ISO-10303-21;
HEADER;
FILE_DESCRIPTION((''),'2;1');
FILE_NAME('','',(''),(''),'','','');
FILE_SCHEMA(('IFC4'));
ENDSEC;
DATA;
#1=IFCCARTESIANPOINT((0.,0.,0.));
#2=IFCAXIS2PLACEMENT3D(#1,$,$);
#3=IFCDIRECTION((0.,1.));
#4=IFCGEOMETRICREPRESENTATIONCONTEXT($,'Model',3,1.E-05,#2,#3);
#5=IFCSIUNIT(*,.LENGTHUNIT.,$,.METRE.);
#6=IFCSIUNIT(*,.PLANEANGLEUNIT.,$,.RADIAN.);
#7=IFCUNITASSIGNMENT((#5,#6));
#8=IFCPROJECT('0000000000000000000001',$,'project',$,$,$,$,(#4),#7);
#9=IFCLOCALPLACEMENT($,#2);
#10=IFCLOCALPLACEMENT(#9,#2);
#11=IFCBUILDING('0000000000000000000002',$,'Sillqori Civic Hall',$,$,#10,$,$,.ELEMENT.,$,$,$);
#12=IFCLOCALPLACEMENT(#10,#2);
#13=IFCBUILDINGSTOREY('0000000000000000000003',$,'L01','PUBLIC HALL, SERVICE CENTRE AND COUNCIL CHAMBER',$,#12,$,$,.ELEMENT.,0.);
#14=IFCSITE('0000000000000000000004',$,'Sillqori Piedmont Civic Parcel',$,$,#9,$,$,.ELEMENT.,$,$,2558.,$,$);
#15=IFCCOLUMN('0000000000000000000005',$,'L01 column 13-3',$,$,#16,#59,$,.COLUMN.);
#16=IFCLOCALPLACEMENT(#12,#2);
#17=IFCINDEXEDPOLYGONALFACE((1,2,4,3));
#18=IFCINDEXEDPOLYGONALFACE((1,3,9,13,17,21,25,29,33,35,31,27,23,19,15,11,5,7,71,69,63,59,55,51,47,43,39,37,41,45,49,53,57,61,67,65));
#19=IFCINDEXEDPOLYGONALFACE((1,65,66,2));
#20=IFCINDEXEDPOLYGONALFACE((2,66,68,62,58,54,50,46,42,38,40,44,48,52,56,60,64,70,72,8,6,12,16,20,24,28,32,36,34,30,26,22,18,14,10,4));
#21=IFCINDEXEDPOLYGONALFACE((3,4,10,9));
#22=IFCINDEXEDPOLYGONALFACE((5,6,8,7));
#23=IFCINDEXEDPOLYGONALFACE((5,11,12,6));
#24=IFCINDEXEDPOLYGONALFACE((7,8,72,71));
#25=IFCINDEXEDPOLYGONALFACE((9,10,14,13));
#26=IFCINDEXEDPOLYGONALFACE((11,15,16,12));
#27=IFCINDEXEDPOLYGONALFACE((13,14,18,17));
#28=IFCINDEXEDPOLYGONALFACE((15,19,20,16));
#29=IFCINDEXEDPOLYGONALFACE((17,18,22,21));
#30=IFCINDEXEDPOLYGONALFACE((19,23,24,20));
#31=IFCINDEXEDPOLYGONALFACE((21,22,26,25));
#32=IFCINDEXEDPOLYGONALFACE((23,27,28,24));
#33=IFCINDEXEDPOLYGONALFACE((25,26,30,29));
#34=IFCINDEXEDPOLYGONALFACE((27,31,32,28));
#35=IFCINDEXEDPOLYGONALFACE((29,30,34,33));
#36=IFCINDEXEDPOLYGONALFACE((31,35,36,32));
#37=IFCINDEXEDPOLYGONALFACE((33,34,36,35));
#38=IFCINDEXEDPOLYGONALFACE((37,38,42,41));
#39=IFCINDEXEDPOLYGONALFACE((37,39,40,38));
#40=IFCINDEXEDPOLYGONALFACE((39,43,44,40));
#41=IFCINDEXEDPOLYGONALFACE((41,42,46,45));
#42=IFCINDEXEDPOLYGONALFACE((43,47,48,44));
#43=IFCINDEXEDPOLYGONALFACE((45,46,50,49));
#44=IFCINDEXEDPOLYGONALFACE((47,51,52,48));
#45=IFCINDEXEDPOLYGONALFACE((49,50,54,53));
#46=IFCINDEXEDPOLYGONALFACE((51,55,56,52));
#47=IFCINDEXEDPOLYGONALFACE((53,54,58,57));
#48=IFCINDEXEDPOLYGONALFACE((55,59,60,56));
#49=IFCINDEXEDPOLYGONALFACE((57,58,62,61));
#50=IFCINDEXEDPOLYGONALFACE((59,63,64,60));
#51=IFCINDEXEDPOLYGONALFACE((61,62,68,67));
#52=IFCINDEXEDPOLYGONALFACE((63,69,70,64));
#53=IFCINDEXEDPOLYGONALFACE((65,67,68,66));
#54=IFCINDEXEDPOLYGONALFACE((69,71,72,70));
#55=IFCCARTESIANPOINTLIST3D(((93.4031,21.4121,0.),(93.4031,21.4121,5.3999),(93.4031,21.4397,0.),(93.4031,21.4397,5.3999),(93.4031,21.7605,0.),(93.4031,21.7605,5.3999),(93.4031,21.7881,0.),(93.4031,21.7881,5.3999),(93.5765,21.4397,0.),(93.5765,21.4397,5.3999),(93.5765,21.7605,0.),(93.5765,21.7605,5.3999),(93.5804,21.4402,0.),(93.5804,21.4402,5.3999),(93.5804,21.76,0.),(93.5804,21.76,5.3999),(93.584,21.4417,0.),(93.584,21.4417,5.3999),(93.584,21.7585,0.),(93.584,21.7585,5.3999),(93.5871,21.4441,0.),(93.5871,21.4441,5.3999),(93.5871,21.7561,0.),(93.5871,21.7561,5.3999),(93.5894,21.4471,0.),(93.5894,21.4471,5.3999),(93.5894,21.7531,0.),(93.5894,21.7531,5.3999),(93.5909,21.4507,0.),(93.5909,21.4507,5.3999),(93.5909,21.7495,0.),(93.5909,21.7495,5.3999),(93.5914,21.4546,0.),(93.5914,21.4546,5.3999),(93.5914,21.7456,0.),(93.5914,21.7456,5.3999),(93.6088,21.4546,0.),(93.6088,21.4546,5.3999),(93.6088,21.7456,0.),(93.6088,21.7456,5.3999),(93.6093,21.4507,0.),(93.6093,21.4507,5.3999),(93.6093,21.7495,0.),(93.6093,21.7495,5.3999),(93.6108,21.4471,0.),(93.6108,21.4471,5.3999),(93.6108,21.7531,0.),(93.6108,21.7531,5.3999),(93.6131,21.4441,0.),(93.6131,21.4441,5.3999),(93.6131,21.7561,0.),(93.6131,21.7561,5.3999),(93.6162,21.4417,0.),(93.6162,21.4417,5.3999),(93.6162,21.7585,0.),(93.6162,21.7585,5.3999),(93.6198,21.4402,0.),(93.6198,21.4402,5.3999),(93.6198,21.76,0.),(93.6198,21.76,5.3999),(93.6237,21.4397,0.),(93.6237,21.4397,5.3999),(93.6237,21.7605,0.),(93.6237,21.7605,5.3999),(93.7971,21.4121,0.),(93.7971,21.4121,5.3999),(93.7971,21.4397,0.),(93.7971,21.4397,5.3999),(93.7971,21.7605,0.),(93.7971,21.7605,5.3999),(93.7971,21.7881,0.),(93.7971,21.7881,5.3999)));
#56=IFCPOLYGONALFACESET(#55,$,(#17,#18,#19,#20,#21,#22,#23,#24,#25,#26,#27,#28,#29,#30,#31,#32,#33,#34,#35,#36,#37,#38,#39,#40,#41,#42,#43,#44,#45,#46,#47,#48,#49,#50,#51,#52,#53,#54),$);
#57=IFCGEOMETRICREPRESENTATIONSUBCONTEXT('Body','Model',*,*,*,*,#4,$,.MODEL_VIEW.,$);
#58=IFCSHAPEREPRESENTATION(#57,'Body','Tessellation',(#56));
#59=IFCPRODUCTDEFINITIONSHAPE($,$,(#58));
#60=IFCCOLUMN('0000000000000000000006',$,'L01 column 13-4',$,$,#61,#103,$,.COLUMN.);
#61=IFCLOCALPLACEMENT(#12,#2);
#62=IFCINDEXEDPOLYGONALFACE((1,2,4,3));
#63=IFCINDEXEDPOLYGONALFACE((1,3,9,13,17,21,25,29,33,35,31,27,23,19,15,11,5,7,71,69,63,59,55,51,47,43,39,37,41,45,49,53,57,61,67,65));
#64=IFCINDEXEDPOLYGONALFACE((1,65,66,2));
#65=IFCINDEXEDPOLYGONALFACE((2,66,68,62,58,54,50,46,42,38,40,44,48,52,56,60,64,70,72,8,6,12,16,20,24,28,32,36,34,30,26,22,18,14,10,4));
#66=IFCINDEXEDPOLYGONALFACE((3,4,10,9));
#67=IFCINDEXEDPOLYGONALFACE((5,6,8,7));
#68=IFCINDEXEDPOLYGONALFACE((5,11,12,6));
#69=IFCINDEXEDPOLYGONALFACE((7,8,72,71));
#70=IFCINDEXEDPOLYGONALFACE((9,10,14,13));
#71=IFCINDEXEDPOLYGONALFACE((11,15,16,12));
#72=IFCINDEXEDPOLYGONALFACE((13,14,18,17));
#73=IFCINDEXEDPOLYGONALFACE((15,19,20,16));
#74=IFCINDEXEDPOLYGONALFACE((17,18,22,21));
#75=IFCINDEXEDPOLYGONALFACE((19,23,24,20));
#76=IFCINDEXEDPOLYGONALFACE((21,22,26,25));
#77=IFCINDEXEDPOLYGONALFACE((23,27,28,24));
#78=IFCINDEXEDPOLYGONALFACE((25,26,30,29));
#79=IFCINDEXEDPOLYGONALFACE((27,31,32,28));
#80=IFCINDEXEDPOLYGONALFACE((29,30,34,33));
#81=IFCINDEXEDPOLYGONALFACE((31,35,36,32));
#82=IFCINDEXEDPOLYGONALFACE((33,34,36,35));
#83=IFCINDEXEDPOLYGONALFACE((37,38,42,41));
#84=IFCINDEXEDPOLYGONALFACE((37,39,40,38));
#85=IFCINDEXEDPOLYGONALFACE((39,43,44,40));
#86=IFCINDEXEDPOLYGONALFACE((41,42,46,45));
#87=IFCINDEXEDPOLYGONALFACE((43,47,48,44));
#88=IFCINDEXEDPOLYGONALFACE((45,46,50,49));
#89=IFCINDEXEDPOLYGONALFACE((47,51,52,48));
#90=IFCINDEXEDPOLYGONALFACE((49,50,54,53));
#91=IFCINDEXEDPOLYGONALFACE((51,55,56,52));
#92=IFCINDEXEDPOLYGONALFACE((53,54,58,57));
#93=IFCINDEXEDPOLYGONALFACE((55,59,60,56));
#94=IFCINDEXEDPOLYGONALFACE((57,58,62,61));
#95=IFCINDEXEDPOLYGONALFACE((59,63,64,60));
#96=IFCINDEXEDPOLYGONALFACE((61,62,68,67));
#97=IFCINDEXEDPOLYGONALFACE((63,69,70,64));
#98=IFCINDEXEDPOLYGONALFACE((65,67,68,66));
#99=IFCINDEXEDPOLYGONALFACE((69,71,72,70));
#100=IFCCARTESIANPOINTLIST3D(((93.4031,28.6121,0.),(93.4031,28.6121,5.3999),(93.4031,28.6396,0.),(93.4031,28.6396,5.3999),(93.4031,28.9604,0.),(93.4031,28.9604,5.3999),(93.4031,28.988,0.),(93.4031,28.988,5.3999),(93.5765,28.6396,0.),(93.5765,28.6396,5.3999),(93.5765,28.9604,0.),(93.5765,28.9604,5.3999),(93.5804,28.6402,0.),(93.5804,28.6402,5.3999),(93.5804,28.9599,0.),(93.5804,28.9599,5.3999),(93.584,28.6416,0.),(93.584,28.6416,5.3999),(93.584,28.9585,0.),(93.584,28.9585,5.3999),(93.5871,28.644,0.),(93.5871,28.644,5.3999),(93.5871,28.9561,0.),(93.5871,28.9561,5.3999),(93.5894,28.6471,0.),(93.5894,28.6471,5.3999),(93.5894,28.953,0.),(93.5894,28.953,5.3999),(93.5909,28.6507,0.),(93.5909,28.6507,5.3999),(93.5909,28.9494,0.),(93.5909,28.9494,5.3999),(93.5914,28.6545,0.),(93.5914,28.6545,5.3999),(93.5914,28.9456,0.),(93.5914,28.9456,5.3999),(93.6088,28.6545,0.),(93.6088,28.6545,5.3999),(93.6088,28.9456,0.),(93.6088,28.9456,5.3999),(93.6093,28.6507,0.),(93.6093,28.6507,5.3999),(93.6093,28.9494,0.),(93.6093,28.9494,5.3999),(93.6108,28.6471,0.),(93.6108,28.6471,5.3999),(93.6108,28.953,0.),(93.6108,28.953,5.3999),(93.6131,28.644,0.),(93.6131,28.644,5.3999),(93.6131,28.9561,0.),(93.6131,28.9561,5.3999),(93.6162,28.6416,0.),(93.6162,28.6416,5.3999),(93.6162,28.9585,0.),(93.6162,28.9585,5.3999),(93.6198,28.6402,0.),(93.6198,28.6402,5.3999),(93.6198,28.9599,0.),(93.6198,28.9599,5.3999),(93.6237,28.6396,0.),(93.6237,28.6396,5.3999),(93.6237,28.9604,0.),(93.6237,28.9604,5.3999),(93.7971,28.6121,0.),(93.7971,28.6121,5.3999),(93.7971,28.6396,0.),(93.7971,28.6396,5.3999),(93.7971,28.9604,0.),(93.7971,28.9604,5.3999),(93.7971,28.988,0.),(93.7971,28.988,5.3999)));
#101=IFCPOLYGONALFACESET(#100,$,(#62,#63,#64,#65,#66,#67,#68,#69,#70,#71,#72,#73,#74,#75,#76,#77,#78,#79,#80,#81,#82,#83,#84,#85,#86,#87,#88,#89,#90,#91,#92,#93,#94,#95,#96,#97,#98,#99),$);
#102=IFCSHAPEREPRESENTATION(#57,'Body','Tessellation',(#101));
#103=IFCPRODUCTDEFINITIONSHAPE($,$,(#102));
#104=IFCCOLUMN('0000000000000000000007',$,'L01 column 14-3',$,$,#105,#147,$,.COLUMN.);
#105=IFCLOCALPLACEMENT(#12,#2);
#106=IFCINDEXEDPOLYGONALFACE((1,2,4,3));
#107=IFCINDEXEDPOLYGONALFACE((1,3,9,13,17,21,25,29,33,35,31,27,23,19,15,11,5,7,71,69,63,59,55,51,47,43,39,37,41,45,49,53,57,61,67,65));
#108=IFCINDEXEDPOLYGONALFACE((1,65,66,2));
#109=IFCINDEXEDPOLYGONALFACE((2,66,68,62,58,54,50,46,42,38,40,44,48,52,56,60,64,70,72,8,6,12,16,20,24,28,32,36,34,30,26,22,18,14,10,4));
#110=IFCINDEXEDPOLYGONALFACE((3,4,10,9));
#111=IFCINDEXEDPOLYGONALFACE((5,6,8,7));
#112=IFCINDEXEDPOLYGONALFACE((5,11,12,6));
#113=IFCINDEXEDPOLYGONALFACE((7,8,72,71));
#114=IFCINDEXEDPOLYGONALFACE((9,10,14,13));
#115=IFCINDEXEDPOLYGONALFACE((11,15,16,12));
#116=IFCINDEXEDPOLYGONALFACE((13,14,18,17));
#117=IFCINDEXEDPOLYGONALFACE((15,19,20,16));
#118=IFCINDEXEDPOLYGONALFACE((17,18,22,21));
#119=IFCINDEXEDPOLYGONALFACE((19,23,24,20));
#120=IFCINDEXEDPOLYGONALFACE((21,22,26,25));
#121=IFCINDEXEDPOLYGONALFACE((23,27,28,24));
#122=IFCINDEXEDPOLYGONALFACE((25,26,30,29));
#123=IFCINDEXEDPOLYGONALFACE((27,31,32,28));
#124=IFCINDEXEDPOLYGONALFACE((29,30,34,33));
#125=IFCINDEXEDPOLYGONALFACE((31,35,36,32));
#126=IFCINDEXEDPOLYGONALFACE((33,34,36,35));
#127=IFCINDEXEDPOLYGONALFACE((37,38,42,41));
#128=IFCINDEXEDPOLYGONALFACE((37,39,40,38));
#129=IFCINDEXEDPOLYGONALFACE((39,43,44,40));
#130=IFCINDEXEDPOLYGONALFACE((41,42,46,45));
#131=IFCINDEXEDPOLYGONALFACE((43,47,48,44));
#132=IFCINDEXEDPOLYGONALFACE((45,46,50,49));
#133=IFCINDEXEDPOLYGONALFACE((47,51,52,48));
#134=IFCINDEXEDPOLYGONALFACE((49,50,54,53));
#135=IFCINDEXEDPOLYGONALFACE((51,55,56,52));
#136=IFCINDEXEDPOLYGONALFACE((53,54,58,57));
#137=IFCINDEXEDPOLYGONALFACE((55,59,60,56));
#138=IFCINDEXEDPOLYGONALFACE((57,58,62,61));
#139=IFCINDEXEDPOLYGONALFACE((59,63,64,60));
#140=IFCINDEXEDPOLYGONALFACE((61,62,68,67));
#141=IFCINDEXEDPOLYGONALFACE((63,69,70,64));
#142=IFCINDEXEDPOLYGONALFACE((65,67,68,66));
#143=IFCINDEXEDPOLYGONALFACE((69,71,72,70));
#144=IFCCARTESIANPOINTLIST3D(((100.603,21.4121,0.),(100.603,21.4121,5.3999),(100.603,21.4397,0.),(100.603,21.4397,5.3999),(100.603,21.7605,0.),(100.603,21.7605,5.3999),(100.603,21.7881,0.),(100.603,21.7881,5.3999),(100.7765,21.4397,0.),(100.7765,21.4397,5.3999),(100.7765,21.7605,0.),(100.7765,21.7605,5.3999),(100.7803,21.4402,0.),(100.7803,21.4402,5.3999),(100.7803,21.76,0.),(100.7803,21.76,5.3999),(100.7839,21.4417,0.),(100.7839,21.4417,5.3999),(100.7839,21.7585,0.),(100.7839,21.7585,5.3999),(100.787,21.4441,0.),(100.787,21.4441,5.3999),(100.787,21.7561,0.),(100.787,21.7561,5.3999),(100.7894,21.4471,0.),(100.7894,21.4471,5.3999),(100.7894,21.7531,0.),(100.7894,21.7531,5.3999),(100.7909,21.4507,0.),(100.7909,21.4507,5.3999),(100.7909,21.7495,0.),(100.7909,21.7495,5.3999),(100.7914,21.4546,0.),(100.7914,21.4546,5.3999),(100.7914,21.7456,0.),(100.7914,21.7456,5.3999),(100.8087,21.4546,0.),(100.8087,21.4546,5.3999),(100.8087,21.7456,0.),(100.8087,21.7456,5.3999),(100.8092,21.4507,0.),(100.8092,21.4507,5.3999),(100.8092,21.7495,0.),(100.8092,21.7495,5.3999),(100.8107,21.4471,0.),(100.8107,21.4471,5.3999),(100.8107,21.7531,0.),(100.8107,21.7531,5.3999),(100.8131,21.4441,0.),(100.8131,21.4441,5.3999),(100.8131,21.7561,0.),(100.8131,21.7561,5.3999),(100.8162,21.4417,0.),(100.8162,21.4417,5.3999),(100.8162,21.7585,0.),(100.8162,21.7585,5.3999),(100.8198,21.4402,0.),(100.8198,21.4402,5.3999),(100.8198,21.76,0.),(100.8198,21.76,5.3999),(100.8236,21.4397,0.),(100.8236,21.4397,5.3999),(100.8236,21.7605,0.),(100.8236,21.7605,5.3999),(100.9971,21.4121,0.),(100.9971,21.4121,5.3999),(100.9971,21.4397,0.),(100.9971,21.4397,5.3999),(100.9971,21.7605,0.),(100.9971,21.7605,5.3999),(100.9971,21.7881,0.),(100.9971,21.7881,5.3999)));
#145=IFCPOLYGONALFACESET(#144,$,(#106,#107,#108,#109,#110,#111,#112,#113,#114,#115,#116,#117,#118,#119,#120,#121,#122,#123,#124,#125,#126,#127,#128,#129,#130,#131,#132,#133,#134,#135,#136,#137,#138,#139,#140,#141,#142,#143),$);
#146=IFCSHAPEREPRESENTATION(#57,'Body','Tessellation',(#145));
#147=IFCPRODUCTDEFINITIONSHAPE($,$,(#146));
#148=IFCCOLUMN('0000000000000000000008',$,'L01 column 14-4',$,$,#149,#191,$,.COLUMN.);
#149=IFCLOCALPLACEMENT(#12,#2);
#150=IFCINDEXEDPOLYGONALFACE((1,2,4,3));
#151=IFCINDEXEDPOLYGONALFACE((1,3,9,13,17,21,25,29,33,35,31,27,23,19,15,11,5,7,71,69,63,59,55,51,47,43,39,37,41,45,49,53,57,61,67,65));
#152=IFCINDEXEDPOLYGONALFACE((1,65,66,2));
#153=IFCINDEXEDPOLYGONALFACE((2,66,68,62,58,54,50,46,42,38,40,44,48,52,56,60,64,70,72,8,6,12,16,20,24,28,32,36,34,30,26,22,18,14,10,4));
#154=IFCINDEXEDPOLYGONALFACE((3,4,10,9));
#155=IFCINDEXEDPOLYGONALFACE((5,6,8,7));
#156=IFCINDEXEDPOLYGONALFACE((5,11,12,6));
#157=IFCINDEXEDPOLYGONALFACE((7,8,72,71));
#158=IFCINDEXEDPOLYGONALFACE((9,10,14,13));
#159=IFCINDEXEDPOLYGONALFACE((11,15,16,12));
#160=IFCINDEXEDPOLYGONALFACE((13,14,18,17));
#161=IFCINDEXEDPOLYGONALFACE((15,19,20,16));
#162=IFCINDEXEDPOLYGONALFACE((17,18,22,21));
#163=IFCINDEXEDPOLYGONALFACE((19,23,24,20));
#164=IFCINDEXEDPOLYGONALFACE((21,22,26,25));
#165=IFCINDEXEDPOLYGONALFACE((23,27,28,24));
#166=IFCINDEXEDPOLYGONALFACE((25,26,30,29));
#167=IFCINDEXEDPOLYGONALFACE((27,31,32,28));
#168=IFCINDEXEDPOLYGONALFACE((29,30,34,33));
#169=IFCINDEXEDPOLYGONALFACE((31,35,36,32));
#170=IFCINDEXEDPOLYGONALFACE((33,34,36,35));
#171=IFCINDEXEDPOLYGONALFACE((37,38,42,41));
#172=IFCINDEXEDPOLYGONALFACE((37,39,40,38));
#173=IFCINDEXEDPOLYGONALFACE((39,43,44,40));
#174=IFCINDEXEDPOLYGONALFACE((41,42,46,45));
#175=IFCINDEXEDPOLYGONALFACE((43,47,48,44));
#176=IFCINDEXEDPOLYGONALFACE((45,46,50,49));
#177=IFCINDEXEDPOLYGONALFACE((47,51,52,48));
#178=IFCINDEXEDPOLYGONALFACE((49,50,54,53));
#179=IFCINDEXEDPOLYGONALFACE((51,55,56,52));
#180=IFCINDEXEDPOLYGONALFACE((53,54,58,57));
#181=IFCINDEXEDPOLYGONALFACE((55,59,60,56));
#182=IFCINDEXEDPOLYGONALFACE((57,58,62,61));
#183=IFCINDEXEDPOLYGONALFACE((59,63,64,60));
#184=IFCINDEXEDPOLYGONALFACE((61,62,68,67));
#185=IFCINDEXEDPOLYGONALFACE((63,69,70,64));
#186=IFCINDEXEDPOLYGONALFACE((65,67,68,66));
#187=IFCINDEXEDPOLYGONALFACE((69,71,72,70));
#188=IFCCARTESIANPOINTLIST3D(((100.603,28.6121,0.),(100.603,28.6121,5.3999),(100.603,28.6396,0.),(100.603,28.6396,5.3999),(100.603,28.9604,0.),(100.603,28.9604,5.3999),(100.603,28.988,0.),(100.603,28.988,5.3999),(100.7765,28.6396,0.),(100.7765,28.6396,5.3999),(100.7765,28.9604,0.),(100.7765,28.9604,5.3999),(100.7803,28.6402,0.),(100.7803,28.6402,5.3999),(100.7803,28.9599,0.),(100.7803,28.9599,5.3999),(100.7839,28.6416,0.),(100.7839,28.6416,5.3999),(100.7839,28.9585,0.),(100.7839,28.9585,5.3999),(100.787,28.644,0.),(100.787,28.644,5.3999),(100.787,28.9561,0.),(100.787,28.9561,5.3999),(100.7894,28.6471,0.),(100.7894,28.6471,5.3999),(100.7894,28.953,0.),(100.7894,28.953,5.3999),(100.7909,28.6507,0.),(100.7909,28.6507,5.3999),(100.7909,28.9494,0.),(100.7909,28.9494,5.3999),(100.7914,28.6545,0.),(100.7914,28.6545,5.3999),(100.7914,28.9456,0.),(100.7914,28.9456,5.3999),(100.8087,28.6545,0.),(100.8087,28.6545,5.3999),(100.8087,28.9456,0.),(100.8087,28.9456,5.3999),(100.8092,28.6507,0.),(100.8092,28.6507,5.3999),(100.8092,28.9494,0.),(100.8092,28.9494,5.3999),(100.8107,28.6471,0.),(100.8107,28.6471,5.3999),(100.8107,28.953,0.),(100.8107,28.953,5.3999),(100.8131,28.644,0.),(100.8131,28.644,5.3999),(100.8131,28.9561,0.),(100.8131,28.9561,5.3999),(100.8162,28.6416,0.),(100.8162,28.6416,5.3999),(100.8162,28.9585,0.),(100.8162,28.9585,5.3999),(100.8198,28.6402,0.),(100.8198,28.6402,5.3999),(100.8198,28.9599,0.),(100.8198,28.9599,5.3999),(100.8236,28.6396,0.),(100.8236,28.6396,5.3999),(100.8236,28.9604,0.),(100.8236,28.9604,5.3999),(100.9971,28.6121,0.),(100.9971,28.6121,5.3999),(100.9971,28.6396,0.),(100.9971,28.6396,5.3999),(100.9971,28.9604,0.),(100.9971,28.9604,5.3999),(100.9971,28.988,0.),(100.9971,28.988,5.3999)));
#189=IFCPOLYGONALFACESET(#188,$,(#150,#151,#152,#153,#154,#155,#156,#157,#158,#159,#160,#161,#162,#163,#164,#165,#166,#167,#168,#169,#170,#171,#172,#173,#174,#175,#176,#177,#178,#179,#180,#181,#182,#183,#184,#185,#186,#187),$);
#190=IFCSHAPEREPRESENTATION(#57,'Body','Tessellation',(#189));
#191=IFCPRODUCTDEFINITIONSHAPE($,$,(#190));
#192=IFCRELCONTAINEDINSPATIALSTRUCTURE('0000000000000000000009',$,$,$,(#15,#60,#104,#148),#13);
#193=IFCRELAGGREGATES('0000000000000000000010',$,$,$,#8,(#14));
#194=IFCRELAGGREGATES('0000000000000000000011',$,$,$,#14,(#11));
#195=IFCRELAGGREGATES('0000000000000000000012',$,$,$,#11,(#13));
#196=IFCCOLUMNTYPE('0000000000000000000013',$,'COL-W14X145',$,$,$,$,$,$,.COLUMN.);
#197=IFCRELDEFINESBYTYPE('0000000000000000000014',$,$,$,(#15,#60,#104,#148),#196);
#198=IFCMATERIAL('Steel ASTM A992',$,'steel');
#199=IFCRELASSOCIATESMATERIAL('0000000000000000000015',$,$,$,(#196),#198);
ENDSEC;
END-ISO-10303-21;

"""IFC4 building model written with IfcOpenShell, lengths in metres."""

from ifc_helpers import new_model, si_unit, direction, frame, origin, origin_2d, place, context, subcontext, project, spatial, i_section, extrude, material, material_profile, profile_set, type_object, element, save


model = new_model("IFC4")

# Units and contexts
model_context = context("Model", 3, precision=1e-05, world=origin(), true_north=direction((0.0, 1.0)))
body_context = subcontext(model_context, "Body", "Model", "MODEL_VIEW")
ifc_project = project(units=[si_unit("LENGTHUNIT", "METRE"), si_unit("PLANEANGLEUNIT", "RADIAN")], contexts=[model_context])

# Site, building, storey
site_placement = place(None, origin())
site = spatial("IfcSite", under=ifc_project, at=site_placement, Name="Sillqori Piedmont Civic Parcel", CompositionType="ELEMENT", RefElevation=2558.0)
building_placement = place(site_placement, origin())
building = spatial("IfcBuilding", under=site, at=building_placement, Name="Sillqori Civic Hall", CompositionType="ELEMENT")
storey_placement = place(building_placement, origin())
storey = spatial("IfcBuildingStorey", under=building, at=storey_placement, Name="L01", Description="PUBLIC HALL, SERVICE CENTRE AND COUNCIL CHAMBER", CompositionType="ELEMENT", Elevation=0.0)

# Columns
ifc_material_1 = material(Name="Steel ASTM A992", Category="steel")
ifc_material_profile_1 = material_profile(ifc_material_1, i_section(OverallWidth=0.394, OverallDepth=0.376, WebThickness=0.0173, FlangeThickness=0.0276, FilletRadius=0.0149, at=origin_2d()), Name="W14X145")
ifc_profile_set_1 = profile_set([ifc_material_profile_1], Name="Steel ASTM A992")
column_type = type_object("IfcColumnType", Name="COL-W14X145", PredefinedType="COLUMN", material=ifc_profile_set_1)
for number, where, z_axis, x_axis, name in (
    (1, (93.6001, 21.6001, 0.0), (0.0, 0.0, 1.0), (1.0, 0.0, 0.0), "L01 column 13-3"),
    (2, (93.6001, 28.8, 0.0), (0.0, 0.0, 1.0), (1.0, 0.0, 0.0), "L01 column 13-4"),
    (3, (100.8, 21.6001, 0.0), (0.0, 0.0, 1.0), (1.0, 0.0, 0.0), "L01 column 14-3"),
    (4, (100.8, 28.8, 0.0), (0.0, 0.0, 1.0), (1.0, 0.0, 0.0), "L01 column 14-4"),
):
    element("IfcColumn", number, at=place(storey_placement, frame(where, z_axis=z_axis, x_axis=x_axis)), inside=storey, type_object=column_type, Name=name, PredefinedType="COLUMN", context=body_context, shape_type="SweptSolid", body=[
        extrude(i_section(OverallWidth=0.394, OverallDepth=0.376, WebThickness=0.0173, FlangeThickness=0.0276, FilletRadius=0.0149, at=origin_2d()), origin(), (0.0, 0.0, 1.0), 5.3999),
    ])

save(model, "model.ifc")
